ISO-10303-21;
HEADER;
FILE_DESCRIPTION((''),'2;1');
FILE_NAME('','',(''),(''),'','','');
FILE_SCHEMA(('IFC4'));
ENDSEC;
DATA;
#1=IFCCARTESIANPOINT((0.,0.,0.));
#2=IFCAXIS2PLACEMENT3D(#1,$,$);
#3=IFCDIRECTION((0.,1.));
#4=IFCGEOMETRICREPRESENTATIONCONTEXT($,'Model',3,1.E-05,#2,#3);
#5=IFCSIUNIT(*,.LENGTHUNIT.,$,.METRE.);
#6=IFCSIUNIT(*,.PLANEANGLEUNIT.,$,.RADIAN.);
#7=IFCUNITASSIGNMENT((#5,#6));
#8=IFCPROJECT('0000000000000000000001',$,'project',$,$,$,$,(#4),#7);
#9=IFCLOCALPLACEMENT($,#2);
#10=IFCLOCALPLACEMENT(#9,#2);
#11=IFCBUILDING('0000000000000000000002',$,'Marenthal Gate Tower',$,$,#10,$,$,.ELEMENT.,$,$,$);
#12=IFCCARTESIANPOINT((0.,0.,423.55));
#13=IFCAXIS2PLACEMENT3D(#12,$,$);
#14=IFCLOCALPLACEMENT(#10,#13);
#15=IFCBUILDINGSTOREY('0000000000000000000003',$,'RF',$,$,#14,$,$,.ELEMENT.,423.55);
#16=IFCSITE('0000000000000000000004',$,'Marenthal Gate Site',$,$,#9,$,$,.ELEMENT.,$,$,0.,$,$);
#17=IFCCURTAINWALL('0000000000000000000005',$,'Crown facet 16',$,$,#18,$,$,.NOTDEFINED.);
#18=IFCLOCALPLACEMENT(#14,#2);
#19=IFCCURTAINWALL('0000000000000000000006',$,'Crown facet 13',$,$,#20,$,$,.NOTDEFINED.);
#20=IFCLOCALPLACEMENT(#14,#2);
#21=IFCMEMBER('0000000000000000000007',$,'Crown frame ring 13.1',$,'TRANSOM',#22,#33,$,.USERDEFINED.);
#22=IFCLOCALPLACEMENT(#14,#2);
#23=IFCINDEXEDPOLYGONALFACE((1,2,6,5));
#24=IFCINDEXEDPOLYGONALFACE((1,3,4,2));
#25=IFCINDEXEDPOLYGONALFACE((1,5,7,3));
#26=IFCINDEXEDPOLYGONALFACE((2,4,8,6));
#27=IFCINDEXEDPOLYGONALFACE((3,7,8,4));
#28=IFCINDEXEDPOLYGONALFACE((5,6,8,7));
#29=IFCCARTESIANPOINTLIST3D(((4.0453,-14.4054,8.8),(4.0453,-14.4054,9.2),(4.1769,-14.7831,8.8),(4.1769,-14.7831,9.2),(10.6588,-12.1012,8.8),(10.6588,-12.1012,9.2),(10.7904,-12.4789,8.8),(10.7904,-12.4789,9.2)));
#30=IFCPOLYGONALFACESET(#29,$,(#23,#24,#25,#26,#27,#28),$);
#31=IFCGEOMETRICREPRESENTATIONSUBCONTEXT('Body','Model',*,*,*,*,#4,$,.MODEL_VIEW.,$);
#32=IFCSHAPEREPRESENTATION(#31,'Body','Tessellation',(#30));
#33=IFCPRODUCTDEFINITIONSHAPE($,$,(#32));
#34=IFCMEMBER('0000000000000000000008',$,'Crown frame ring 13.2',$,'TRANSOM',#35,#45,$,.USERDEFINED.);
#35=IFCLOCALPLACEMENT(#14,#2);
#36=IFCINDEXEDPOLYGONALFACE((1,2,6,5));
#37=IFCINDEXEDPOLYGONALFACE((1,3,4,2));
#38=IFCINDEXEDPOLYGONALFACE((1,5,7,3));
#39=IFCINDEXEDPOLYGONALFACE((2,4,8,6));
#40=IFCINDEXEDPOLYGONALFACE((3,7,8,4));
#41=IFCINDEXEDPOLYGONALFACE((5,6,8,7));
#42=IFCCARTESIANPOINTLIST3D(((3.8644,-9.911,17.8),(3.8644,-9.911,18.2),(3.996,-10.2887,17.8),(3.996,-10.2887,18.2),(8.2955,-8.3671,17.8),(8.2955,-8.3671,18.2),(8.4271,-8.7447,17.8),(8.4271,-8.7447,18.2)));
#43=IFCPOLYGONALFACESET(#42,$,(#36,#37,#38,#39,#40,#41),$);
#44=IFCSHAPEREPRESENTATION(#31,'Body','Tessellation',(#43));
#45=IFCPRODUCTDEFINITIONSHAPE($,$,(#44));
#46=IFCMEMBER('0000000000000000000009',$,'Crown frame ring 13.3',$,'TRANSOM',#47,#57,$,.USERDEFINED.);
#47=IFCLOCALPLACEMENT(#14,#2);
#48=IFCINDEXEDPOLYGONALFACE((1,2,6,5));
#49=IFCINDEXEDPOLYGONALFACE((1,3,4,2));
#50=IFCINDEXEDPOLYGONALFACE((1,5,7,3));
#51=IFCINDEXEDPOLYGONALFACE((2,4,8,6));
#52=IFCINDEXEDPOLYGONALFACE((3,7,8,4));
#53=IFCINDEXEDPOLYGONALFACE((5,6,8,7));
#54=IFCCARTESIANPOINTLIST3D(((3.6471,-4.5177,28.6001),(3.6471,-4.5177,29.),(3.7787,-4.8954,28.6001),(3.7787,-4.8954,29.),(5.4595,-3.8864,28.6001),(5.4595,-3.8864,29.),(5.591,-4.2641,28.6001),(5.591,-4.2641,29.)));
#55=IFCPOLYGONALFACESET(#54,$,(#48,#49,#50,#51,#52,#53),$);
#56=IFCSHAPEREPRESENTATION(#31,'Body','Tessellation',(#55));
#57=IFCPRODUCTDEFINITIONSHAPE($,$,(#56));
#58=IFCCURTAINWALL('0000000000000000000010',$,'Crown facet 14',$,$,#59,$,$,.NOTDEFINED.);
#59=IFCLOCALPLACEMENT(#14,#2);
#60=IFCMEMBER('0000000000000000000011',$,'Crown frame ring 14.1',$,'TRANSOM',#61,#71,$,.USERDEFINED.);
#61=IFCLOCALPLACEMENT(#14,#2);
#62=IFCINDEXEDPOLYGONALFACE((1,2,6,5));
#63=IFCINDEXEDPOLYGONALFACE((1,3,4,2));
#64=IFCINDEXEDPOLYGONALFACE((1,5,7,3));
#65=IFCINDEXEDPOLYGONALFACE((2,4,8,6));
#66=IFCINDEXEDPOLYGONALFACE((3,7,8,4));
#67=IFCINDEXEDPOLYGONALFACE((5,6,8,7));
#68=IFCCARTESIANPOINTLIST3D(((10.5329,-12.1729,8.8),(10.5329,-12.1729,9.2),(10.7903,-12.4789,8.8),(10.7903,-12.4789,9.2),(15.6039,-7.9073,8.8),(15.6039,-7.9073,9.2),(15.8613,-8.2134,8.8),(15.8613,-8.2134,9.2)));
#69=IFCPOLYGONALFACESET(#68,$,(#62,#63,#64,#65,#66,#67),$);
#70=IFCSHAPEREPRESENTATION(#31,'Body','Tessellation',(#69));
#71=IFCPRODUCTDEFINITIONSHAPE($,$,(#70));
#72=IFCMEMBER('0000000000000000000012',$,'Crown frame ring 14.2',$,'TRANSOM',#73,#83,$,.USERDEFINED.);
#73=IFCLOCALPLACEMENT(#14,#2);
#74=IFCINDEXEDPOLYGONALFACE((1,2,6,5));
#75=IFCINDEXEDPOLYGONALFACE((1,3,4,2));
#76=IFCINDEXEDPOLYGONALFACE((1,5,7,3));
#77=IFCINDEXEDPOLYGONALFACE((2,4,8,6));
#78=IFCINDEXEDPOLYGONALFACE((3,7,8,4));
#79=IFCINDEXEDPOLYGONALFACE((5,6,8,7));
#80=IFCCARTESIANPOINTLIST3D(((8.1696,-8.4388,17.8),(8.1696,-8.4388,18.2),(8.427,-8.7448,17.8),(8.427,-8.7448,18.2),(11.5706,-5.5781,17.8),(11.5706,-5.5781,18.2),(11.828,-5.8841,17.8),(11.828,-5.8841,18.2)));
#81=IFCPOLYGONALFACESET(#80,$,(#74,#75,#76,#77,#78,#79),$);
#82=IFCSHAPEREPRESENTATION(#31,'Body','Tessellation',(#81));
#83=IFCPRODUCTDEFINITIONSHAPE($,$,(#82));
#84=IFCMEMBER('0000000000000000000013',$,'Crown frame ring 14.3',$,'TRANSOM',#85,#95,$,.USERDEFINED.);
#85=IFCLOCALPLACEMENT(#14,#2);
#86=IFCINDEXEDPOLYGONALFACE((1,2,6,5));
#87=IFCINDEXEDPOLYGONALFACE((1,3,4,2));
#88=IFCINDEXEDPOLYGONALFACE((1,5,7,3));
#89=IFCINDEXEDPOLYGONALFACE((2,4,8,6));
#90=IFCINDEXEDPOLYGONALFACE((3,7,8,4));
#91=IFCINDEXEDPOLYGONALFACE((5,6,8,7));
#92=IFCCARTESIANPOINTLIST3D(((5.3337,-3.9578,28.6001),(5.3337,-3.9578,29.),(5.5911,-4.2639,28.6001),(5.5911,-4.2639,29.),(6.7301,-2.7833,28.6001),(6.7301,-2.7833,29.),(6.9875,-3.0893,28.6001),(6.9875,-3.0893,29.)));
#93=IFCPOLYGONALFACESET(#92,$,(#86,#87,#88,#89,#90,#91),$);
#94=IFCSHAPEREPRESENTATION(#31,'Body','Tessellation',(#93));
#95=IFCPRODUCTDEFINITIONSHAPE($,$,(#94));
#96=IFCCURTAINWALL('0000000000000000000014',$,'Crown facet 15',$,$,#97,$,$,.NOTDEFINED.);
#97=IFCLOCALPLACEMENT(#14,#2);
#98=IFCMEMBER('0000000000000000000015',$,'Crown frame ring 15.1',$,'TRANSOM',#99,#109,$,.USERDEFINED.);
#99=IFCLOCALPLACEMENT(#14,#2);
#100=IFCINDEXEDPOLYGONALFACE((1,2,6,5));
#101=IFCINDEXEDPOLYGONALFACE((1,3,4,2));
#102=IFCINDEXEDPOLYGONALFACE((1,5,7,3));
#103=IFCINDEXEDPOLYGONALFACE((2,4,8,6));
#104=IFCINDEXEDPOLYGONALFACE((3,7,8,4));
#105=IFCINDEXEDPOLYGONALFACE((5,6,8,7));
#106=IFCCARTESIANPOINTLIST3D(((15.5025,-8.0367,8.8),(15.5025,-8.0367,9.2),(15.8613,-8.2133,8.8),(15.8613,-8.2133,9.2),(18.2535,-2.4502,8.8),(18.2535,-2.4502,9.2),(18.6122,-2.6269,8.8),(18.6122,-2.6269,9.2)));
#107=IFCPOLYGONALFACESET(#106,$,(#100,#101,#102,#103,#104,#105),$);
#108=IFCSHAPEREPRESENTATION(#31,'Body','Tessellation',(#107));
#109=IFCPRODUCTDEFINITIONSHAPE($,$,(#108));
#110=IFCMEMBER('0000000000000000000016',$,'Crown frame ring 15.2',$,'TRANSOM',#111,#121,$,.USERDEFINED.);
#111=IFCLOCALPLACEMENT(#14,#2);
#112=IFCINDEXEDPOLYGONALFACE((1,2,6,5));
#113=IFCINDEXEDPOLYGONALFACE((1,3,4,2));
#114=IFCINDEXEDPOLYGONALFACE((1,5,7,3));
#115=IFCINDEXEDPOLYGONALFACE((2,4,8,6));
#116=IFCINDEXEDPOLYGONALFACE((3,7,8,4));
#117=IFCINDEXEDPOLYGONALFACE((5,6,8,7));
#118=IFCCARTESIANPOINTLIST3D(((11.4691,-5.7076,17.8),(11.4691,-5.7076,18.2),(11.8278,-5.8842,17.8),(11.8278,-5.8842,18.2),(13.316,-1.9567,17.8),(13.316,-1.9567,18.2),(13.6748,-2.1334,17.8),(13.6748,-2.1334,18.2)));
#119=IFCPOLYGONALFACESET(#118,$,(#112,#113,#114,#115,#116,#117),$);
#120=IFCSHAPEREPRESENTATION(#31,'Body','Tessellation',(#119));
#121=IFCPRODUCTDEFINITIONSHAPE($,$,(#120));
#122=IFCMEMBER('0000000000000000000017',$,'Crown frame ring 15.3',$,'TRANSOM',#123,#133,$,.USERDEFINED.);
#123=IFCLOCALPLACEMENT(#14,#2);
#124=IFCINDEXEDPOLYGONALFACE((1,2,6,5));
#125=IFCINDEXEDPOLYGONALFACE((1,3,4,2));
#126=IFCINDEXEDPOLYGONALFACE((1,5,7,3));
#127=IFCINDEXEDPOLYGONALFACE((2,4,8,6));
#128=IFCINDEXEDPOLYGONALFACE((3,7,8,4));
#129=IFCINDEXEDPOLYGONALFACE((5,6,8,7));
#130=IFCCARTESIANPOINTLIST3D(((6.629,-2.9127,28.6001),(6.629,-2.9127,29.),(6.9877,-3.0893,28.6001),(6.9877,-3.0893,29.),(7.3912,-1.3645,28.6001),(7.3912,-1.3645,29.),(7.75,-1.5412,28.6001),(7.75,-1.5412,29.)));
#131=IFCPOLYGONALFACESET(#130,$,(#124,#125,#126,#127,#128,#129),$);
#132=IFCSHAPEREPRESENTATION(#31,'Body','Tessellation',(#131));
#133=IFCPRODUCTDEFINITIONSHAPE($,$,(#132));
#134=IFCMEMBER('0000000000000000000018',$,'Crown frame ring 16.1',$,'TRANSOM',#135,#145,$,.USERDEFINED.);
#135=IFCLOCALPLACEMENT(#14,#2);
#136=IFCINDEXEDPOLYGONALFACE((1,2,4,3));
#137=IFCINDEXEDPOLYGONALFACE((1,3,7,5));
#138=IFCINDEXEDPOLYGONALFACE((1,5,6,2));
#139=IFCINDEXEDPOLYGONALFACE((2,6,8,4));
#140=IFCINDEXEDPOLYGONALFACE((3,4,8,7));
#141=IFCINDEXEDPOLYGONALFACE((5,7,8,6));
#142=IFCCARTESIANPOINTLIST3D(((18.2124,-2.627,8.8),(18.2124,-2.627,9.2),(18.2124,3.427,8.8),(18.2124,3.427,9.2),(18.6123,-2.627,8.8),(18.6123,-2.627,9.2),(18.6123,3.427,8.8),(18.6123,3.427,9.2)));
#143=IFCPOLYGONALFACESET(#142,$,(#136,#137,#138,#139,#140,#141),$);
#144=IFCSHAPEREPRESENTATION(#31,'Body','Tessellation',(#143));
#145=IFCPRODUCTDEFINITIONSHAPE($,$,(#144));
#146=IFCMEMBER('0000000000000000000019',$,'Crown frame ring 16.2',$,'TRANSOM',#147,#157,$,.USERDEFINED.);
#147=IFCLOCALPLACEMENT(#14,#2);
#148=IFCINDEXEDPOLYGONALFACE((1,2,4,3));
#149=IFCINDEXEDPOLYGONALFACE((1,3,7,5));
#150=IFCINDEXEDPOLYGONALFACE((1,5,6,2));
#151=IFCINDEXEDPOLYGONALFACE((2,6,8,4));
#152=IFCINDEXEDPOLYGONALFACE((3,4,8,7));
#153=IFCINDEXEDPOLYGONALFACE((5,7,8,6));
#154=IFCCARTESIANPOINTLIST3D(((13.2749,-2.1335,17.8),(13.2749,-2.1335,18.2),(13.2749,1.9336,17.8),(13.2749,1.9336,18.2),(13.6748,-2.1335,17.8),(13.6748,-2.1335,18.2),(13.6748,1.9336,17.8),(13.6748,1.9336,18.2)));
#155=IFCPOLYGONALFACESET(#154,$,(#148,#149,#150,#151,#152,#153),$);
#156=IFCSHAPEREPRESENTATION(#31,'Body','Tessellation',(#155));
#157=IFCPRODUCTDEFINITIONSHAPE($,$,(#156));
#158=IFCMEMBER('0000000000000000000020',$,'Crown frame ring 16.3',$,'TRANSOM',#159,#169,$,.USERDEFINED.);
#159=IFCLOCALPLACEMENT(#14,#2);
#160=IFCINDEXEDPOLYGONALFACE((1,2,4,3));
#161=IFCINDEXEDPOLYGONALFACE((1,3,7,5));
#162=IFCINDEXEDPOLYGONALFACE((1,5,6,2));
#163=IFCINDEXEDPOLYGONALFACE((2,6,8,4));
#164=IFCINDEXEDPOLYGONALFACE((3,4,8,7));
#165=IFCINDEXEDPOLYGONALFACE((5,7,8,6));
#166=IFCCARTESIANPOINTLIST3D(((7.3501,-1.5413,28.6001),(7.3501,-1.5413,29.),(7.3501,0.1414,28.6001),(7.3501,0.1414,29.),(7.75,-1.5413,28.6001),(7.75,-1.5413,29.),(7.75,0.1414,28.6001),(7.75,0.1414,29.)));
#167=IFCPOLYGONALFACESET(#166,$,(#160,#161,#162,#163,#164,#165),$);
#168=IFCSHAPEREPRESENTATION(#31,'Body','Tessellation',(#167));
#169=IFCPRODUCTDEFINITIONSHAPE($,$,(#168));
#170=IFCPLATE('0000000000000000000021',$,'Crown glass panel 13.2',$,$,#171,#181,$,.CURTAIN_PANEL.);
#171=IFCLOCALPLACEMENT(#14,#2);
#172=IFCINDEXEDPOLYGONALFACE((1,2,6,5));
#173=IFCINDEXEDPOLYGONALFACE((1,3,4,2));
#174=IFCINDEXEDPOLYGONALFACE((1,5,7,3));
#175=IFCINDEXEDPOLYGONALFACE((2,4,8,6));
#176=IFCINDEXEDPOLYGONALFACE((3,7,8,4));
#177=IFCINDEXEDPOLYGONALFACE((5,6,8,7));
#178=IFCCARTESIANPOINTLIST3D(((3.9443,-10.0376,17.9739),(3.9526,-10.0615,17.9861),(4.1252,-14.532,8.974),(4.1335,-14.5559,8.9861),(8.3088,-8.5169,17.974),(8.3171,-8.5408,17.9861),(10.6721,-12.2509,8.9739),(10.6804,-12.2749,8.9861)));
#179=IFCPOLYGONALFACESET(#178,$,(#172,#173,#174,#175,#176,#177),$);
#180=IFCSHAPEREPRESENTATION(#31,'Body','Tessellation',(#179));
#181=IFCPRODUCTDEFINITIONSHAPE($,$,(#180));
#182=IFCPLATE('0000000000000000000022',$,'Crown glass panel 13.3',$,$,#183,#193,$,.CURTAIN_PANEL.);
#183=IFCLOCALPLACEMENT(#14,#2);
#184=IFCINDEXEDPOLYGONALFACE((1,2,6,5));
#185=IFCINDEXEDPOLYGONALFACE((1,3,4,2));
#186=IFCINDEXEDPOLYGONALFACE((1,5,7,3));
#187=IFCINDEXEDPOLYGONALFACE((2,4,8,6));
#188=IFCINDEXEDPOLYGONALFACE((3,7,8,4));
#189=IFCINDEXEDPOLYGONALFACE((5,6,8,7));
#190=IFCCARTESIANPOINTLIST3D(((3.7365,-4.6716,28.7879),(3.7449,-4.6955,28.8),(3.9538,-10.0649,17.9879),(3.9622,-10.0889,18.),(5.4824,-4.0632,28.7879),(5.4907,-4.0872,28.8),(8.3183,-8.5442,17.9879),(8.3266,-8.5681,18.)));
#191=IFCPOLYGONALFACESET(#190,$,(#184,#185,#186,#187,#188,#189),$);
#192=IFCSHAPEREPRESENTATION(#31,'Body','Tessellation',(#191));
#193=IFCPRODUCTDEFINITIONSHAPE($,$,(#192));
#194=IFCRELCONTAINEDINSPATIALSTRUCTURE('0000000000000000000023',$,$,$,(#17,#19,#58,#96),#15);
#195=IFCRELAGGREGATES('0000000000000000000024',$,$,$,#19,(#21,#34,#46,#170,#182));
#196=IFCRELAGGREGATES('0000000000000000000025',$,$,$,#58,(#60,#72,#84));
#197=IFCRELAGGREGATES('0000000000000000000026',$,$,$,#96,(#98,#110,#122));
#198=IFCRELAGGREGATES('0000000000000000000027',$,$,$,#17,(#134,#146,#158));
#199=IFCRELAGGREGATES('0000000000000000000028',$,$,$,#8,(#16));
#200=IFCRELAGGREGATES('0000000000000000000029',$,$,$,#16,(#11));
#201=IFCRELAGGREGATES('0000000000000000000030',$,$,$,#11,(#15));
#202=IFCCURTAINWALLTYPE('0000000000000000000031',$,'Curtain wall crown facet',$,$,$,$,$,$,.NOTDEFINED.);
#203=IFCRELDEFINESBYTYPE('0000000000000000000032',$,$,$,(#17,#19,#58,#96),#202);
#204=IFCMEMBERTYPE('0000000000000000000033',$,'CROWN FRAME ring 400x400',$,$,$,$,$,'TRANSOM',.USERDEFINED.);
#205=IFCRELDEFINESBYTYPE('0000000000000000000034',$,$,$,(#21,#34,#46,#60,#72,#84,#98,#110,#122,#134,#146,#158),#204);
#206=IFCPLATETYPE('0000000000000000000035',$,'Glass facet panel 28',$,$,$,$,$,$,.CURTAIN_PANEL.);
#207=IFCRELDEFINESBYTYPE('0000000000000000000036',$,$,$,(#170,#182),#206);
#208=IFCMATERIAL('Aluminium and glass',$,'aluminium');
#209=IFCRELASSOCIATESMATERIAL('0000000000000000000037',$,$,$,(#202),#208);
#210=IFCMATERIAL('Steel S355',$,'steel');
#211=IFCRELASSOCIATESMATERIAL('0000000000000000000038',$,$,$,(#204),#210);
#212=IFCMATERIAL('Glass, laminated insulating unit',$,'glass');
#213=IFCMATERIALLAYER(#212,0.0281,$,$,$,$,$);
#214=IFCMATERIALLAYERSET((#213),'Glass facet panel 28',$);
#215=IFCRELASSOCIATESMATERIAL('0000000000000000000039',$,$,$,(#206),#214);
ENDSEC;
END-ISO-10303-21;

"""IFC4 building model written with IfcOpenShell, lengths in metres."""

from ifc_helpers import new_model, si_unit, direction, frame, origin, origin_2d, place, context, subcontext, project, spatial, polyline, rectangle, outline, extrude, material, layer, layer_set, material_profile, profile_set, type_object, element, aggregate, save


model = new_model("IFC4")

# Units and contexts
model_context = context("Model", 3, precision=1e-05, world=origin(), true_north=direction((0.0, 1.0)))
body_context = subcontext(model_context, "Body", "Model", "MODEL_VIEW")
ifc_project = project(units=[si_unit("LENGTHUNIT", "METRE"), si_unit("PLANEANGLEUNIT", "RADIAN")], contexts=[model_context])

# Site, building, storey
site_placement = place(None, origin())
site = spatial("IfcSite", under=ifc_project, at=site_placement, Name="Marenthal Gate Site", CompositionType="ELEMENT", RefElevation=0.0)
building_placement = place(site_placement, origin())
building = spatial("IfcBuilding", under=site, at=building_placement, Name="Marenthal Gate Tower", CompositionType="ELEMENT")
storey_placement = place(building_placement, frame((0.0, 0.0, 423.55)))
storey = spatial("IfcBuildingStorey", under=building, at=storey_placement, Name="RF", CompositionType="ELEMENT", Elevation=423.55)

# Curtain wall
ifc_material_1 = material(Name="Aluminium and glass", Category="aluminium")
curtain_wall_type = type_object("IfcCurtainWallType", Name="Curtain wall crown facet", PredefinedType="NOTDEFINED", material=ifc_material_1)
curtain_wall_1_placement = place(storey_placement, origin())
curtain_wall_1 = element("IfcCurtainWall", 1, at=curtain_wall_1_placement, inside=storey, type_object=curtain_wall_type, Name="Crown facet 16", PredefinedType="NOTDEFINED")

# Curtain walls, members
curtain_wall_2_placement = place(storey_placement, origin())
curtain_wall_2 = element("IfcCurtainWall", 2, at=curtain_wall_2_placement, inside=storey, type_object=curtain_wall_type, Name="Crown facet 13", PredefinedType="NOTDEFINED")
ifc_material_2 = material(Name="Steel S355", Category="steel")
ifc_material_profile_1 = material_profile(ifc_material_2, rectangle(XDim=0.3999, YDim=0.3999, at=origin_2d()), Name="Crown frame ring 400x400")
ifc_profile_set_1 = profile_set([ifc_material_profile_1], Name="Steel S355")
member_type_1 = type_object("IfcMemberType", Name="CROWN FRAME ring 400x400", ElementType="TRANSOM", PredefinedType="USERDEFINED", material=ifc_profile_set_1)
member_1_placement = place(storey_placement, frame((4.1111, -14.5942, 9.0), z_axis=(0.944326, 0.32901, 0.0), x_axis=(-0.32901, 0.944326, 0.0)))
member_1 = element("IfcMember", 3, at=member_1_placement, type_object=member_type_1, Name="Crown frame ring 13.1", ObjectType="TRANSOM", PredefinedType="USERDEFINED", context=body_context, shape_type="SweptSolid", body=[
    extrude(rectangle(XDim=0.3999, YDim=0.3999, at=origin_2d()), origin(), (0.0, 0.0, 1.0), 7.0034),
])
member_2_placement = place(storey_placement, frame((3.9302, -10.0999, 18.0), z_axis=(0.94432, 0.329029, 0.0), x_axis=(-0.329029, 0.94432, 0.0)))
member_2 = element("IfcMember", 4, at=member_2_placement, type_object=member_type_1, Name="Crown frame ring 13.2", ObjectType="TRANSOM", PredefinedType="USERDEFINED", context=body_context, shape_type="SweptSolid", body=[
    extrude(rectangle(XDim=0.3999, YDim=0.3999, at=origin_2d()), origin(), (0.0, 0.0, 1.0), 4.6924),
])
member_3_placement = place(storey_placement, frame((3.7129, -4.7065, 28.8), z_axis=(0.944349, 0.328945, 0.0), x_axis=(-0.328945, 0.944349, 0.0)))
member_3 = element("IfcMember", 5, at=member_3_placement, type_object=member_type_1, Name="Crown frame ring 13.3", ObjectType="TRANSOM", PredefinedType="USERDEFINED", context=body_context, shape_type="SweptSolid", body=[
    extrude(rectangle(XDim=0.3999, YDim=0.3999, at=origin_2d()), origin(), (0.0, 0.0, 1.0), 1.9192),
])
curtain_wall_3_placement = place(storey_placement, origin())
curtain_wall_3 = element("IfcCurtainWall", 6, at=curtain_wall_3_placement, inside=storey, type_object=curtain_wall_type, Name="Crown facet 14", PredefinedType="NOTDEFINED")
member_4_placement = place(storey_placement, frame((10.6616, -12.3259, 9.0), z_axis=(0.765263, 0.643718, 0.0), x_axis=(-0.643718, 0.765263, 0.0)))
member_4 = element("IfcMember", 7, at=member_4_placement, type_object=member_type_1, Name="Crown frame ring 14.1", ObjectType="TRANSOM", PredefinedType="USERDEFINED", context=body_context, shape_type="SweptSolid", body=[
    extrude(rectangle(XDim=0.3999, YDim=0.3999, at=origin_2d()), origin(), (0.0, 0.0, 1.0), 6.6265),
])
member_5_placement = place(storey_placement, frame((8.2983, -8.5918, 18.0), z_axis=(0.765277, 0.643701, 0.0), x_axis=(-0.643701, 0.765277, 0.0)))
member_5 = element("IfcMember", 8, at=member_5_placement, type_object=member_type_1, Name="Crown frame ring 14.2", ObjectType="TRANSOM", PredefinedType="USERDEFINED", context=body_context, shape_type="SweptSolid", body=[
    extrude(rectangle(XDim=0.3999, YDim=0.3999, at=origin_2d()), origin(), (0.0, 0.0, 1.0), 4.4441),
])
member_6_placement = place(storey_placement, frame((5.4624, -4.1108, 28.8), z_axis=(0.765296, 0.643678, 0.0), x_axis=(-0.643678, 0.765296, 0.0)))
member_6 = element("IfcMember", 9, at=member_6_placement, type_object=member_type_1, Name="Crown frame ring 14.3", ObjectType="TRANSOM", PredefinedType="USERDEFINED", context=body_context, shape_type="SweptSolid", body=[
    extrude(rectangle(XDim=0.3999, YDim=0.3999, at=origin_2d()), origin(), (0.0, 0.0, 1.0), 1.8247),
])
curtain_wall_4_placement = place(storey_placement, origin())
curtain_wall_4 = element("IfcCurtainWall", 10, at=curtain_wall_4_placement, inside=storey, type_object=curtain_wall_type, Name="Crown facet 15", PredefinedType="NOTDEFINED")
member_7_placement = place(storey_placement, frame((15.6819, -8.125, 9.0), z_axis=(0.441779, 0.897124, 0.0), x_axis=(-0.897124, 0.441779, 0.0)))
member_7 = element("IfcMember", 11, at=member_7_placement, type_object=member_type_1, Name="Crown frame ring 15.1", ObjectType="TRANSOM", PredefinedType="USERDEFINED", context=body_context, shape_type="SweptSolid", body=[
    extrude(rectangle(XDim=0.3999, YDim=0.3999, at=origin_2d()), origin(), (0.0, 0.0, 1.0), 6.2271),
])
member_8_placement = place(storey_placement, frame((11.6484, -5.7959, 18.0), z_axis=(0.441763, 0.897132, 0.0), x_axis=(-0.897132, 0.441763, 0.0)))
member_8 = element("IfcMember", 12, at=member_8_placement, type_object=member_type_1, Name="Crown frame ring 15.2", ObjectType="TRANSOM", PredefinedType="USERDEFINED", context=body_context, shape_type="SweptSolid", body=[
    extrude(rectangle(XDim=0.3999, YDim=0.3999, at=origin_2d()), origin(), (0.0, 0.0, 1.0), 4.1809),
])
member_9_placement = place(storey_placement, frame((6.8083, -3.001, 28.8), z_axis=(0.441716, 0.897155, 0.0), x_axis=(-0.897155, 0.441716, 0.0)))
member_9 = element("IfcMember", 13, at=member_9_placement, type_object=member_type_1, Name="Crown frame ring 15.3", ObjectType="TRANSOM", PredefinedType="USERDEFINED", context=body_context, shape_type="SweptSolid", body=[
    extrude(rectangle(XDim=0.3999, YDim=0.3999, at=origin_2d()), origin(), (0.0, 0.0, 1.0), 1.7256),
])

# Members
member_10_placement = place(storey_placement, frame((18.4124, -2.627, 9.0), z_axis=(0.0, 1.0, 0.0), x_axis=(-1.0, 0.0, 0.0)))
member_10 = element("IfcMember", 14, at=member_10_placement, type_object=member_type_1, Name="Crown frame ring 16.1", ObjectType="TRANSOM", PredefinedType="USERDEFINED", context=body_context, shape_type="SweptSolid", body=[
    extrude(rectangle(XDim=0.3999, YDim=0.3999, at=origin_2d()), origin(), (0.0, 0.0, 1.0), 6.054),
])
member_11_placement = place(storey_placement, frame((13.4749, -2.1335, 18.0), z_axis=(0.0, 1.0, 0.0), x_axis=(-1.0, 0.0, 0.0)))
member_11 = element("IfcMember", 15, at=member_11_placement, type_object=member_type_1, Name="Crown frame ring 16.2", ObjectType="TRANSOM", PredefinedType="USERDEFINED", context=body_context, shape_type="SweptSolid", body=[
    extrude(rectangle(XDim=0.3999, YDim=0.3999, at=origin_2d()), origin(), (0.0, 0.0, 1.0), 4.0671),
])
member_12_placement = place(storey_placement, frame((7.55, -1.5413, 28.8), z_axis=(0.0, 1.0, 0.0), x_axis=(-1.0, 0.0, 0.0)))
member_12 = element("IfcMember", 16, at=member_12_placement, type_object=member_type_1, Name="Crown frame ring 16.3", ObjectType="TRANSOM", PredefinedType="USERDEFINED", context=body_context, shape_type="SweptSolid", body=[
    extrude(rectangle(XDim=0.3999, YDim=0.3999, at=origin_2d()), origin(), (0.0, 0.0, 1.0), 1.6826),
])

# Plates
ifc_material_3 = material(Name="Glass, laminated insulating unit", Category="glass")
ifc_layer = layer(ifc_material_3, 0.0281)
ifc_layer_set = layer_set([ifc_layer], Name="Glass facet panel 28")
plate_type = type_object("IfcPlateType", Name="Glass facet panel 28", PredefinedType="CURTAIN_PANEL", material=ifc_layer_set)
plate_1_placement = place(storey_placement, frame((4.1335, -14.5559, 8.9861), z_axis=(0.29683, -0.851928, 0.431405), x_axis=(0.944323, 0.329021, -0.000003)))
plate_1 = element("IfcPlate", 17, at=plate_1_placement, type_object=plate_type, Name="Crown glass panel 13.2", PredefinedType="CURTAIN_PANEL", context=body_context, shape_type="SweptSolid", body=[
    extrude(outline(polyline([(0.0, 0.0), (6.9329, 0.0), (5.9297, 9.9761), (1.3079, 9.9761), (0.0, 0.0)])), origin(), (0.0, 0.0, -1.0), 0.0281),
])
plate_2_placement = place(storey_placement, frame((3.9622, -10.0889, 18.0), z_axis=(0.296851, -0.85192, 0.431407), x_axis=(0.944315, 0.329044, -0.000005)))
plate_2 = element("IfcPlate", 18, at=plate_2_placement, type_object=plate_type, Name="Crown glass panel 13.3", PredefinedType="CURTAIN_PANEL", context=body_context, shape_type="SweptSolid", body=[
    extrude(outline(polyline([(0.0, 0.0), (4.6219, 0.0), (3.4182, 11.9714), (1.5694, 11.9713), (0.0, 0.0)])), origin(), (0.0, 0.0, -1.0), 0.0281),
])
aggregate(curtain_wall_2, [member_1, member_2, member_3, plate_1, plate_2])
aggregate(curtain_wall_3, [member_4, member_5, member_6])
aggregate(curtain_wall_4, [member_7, member_8, member_9])
aggregate(curtain_wall_1, [member_10, member_11, member_12])

save(model, "model.ifc")
